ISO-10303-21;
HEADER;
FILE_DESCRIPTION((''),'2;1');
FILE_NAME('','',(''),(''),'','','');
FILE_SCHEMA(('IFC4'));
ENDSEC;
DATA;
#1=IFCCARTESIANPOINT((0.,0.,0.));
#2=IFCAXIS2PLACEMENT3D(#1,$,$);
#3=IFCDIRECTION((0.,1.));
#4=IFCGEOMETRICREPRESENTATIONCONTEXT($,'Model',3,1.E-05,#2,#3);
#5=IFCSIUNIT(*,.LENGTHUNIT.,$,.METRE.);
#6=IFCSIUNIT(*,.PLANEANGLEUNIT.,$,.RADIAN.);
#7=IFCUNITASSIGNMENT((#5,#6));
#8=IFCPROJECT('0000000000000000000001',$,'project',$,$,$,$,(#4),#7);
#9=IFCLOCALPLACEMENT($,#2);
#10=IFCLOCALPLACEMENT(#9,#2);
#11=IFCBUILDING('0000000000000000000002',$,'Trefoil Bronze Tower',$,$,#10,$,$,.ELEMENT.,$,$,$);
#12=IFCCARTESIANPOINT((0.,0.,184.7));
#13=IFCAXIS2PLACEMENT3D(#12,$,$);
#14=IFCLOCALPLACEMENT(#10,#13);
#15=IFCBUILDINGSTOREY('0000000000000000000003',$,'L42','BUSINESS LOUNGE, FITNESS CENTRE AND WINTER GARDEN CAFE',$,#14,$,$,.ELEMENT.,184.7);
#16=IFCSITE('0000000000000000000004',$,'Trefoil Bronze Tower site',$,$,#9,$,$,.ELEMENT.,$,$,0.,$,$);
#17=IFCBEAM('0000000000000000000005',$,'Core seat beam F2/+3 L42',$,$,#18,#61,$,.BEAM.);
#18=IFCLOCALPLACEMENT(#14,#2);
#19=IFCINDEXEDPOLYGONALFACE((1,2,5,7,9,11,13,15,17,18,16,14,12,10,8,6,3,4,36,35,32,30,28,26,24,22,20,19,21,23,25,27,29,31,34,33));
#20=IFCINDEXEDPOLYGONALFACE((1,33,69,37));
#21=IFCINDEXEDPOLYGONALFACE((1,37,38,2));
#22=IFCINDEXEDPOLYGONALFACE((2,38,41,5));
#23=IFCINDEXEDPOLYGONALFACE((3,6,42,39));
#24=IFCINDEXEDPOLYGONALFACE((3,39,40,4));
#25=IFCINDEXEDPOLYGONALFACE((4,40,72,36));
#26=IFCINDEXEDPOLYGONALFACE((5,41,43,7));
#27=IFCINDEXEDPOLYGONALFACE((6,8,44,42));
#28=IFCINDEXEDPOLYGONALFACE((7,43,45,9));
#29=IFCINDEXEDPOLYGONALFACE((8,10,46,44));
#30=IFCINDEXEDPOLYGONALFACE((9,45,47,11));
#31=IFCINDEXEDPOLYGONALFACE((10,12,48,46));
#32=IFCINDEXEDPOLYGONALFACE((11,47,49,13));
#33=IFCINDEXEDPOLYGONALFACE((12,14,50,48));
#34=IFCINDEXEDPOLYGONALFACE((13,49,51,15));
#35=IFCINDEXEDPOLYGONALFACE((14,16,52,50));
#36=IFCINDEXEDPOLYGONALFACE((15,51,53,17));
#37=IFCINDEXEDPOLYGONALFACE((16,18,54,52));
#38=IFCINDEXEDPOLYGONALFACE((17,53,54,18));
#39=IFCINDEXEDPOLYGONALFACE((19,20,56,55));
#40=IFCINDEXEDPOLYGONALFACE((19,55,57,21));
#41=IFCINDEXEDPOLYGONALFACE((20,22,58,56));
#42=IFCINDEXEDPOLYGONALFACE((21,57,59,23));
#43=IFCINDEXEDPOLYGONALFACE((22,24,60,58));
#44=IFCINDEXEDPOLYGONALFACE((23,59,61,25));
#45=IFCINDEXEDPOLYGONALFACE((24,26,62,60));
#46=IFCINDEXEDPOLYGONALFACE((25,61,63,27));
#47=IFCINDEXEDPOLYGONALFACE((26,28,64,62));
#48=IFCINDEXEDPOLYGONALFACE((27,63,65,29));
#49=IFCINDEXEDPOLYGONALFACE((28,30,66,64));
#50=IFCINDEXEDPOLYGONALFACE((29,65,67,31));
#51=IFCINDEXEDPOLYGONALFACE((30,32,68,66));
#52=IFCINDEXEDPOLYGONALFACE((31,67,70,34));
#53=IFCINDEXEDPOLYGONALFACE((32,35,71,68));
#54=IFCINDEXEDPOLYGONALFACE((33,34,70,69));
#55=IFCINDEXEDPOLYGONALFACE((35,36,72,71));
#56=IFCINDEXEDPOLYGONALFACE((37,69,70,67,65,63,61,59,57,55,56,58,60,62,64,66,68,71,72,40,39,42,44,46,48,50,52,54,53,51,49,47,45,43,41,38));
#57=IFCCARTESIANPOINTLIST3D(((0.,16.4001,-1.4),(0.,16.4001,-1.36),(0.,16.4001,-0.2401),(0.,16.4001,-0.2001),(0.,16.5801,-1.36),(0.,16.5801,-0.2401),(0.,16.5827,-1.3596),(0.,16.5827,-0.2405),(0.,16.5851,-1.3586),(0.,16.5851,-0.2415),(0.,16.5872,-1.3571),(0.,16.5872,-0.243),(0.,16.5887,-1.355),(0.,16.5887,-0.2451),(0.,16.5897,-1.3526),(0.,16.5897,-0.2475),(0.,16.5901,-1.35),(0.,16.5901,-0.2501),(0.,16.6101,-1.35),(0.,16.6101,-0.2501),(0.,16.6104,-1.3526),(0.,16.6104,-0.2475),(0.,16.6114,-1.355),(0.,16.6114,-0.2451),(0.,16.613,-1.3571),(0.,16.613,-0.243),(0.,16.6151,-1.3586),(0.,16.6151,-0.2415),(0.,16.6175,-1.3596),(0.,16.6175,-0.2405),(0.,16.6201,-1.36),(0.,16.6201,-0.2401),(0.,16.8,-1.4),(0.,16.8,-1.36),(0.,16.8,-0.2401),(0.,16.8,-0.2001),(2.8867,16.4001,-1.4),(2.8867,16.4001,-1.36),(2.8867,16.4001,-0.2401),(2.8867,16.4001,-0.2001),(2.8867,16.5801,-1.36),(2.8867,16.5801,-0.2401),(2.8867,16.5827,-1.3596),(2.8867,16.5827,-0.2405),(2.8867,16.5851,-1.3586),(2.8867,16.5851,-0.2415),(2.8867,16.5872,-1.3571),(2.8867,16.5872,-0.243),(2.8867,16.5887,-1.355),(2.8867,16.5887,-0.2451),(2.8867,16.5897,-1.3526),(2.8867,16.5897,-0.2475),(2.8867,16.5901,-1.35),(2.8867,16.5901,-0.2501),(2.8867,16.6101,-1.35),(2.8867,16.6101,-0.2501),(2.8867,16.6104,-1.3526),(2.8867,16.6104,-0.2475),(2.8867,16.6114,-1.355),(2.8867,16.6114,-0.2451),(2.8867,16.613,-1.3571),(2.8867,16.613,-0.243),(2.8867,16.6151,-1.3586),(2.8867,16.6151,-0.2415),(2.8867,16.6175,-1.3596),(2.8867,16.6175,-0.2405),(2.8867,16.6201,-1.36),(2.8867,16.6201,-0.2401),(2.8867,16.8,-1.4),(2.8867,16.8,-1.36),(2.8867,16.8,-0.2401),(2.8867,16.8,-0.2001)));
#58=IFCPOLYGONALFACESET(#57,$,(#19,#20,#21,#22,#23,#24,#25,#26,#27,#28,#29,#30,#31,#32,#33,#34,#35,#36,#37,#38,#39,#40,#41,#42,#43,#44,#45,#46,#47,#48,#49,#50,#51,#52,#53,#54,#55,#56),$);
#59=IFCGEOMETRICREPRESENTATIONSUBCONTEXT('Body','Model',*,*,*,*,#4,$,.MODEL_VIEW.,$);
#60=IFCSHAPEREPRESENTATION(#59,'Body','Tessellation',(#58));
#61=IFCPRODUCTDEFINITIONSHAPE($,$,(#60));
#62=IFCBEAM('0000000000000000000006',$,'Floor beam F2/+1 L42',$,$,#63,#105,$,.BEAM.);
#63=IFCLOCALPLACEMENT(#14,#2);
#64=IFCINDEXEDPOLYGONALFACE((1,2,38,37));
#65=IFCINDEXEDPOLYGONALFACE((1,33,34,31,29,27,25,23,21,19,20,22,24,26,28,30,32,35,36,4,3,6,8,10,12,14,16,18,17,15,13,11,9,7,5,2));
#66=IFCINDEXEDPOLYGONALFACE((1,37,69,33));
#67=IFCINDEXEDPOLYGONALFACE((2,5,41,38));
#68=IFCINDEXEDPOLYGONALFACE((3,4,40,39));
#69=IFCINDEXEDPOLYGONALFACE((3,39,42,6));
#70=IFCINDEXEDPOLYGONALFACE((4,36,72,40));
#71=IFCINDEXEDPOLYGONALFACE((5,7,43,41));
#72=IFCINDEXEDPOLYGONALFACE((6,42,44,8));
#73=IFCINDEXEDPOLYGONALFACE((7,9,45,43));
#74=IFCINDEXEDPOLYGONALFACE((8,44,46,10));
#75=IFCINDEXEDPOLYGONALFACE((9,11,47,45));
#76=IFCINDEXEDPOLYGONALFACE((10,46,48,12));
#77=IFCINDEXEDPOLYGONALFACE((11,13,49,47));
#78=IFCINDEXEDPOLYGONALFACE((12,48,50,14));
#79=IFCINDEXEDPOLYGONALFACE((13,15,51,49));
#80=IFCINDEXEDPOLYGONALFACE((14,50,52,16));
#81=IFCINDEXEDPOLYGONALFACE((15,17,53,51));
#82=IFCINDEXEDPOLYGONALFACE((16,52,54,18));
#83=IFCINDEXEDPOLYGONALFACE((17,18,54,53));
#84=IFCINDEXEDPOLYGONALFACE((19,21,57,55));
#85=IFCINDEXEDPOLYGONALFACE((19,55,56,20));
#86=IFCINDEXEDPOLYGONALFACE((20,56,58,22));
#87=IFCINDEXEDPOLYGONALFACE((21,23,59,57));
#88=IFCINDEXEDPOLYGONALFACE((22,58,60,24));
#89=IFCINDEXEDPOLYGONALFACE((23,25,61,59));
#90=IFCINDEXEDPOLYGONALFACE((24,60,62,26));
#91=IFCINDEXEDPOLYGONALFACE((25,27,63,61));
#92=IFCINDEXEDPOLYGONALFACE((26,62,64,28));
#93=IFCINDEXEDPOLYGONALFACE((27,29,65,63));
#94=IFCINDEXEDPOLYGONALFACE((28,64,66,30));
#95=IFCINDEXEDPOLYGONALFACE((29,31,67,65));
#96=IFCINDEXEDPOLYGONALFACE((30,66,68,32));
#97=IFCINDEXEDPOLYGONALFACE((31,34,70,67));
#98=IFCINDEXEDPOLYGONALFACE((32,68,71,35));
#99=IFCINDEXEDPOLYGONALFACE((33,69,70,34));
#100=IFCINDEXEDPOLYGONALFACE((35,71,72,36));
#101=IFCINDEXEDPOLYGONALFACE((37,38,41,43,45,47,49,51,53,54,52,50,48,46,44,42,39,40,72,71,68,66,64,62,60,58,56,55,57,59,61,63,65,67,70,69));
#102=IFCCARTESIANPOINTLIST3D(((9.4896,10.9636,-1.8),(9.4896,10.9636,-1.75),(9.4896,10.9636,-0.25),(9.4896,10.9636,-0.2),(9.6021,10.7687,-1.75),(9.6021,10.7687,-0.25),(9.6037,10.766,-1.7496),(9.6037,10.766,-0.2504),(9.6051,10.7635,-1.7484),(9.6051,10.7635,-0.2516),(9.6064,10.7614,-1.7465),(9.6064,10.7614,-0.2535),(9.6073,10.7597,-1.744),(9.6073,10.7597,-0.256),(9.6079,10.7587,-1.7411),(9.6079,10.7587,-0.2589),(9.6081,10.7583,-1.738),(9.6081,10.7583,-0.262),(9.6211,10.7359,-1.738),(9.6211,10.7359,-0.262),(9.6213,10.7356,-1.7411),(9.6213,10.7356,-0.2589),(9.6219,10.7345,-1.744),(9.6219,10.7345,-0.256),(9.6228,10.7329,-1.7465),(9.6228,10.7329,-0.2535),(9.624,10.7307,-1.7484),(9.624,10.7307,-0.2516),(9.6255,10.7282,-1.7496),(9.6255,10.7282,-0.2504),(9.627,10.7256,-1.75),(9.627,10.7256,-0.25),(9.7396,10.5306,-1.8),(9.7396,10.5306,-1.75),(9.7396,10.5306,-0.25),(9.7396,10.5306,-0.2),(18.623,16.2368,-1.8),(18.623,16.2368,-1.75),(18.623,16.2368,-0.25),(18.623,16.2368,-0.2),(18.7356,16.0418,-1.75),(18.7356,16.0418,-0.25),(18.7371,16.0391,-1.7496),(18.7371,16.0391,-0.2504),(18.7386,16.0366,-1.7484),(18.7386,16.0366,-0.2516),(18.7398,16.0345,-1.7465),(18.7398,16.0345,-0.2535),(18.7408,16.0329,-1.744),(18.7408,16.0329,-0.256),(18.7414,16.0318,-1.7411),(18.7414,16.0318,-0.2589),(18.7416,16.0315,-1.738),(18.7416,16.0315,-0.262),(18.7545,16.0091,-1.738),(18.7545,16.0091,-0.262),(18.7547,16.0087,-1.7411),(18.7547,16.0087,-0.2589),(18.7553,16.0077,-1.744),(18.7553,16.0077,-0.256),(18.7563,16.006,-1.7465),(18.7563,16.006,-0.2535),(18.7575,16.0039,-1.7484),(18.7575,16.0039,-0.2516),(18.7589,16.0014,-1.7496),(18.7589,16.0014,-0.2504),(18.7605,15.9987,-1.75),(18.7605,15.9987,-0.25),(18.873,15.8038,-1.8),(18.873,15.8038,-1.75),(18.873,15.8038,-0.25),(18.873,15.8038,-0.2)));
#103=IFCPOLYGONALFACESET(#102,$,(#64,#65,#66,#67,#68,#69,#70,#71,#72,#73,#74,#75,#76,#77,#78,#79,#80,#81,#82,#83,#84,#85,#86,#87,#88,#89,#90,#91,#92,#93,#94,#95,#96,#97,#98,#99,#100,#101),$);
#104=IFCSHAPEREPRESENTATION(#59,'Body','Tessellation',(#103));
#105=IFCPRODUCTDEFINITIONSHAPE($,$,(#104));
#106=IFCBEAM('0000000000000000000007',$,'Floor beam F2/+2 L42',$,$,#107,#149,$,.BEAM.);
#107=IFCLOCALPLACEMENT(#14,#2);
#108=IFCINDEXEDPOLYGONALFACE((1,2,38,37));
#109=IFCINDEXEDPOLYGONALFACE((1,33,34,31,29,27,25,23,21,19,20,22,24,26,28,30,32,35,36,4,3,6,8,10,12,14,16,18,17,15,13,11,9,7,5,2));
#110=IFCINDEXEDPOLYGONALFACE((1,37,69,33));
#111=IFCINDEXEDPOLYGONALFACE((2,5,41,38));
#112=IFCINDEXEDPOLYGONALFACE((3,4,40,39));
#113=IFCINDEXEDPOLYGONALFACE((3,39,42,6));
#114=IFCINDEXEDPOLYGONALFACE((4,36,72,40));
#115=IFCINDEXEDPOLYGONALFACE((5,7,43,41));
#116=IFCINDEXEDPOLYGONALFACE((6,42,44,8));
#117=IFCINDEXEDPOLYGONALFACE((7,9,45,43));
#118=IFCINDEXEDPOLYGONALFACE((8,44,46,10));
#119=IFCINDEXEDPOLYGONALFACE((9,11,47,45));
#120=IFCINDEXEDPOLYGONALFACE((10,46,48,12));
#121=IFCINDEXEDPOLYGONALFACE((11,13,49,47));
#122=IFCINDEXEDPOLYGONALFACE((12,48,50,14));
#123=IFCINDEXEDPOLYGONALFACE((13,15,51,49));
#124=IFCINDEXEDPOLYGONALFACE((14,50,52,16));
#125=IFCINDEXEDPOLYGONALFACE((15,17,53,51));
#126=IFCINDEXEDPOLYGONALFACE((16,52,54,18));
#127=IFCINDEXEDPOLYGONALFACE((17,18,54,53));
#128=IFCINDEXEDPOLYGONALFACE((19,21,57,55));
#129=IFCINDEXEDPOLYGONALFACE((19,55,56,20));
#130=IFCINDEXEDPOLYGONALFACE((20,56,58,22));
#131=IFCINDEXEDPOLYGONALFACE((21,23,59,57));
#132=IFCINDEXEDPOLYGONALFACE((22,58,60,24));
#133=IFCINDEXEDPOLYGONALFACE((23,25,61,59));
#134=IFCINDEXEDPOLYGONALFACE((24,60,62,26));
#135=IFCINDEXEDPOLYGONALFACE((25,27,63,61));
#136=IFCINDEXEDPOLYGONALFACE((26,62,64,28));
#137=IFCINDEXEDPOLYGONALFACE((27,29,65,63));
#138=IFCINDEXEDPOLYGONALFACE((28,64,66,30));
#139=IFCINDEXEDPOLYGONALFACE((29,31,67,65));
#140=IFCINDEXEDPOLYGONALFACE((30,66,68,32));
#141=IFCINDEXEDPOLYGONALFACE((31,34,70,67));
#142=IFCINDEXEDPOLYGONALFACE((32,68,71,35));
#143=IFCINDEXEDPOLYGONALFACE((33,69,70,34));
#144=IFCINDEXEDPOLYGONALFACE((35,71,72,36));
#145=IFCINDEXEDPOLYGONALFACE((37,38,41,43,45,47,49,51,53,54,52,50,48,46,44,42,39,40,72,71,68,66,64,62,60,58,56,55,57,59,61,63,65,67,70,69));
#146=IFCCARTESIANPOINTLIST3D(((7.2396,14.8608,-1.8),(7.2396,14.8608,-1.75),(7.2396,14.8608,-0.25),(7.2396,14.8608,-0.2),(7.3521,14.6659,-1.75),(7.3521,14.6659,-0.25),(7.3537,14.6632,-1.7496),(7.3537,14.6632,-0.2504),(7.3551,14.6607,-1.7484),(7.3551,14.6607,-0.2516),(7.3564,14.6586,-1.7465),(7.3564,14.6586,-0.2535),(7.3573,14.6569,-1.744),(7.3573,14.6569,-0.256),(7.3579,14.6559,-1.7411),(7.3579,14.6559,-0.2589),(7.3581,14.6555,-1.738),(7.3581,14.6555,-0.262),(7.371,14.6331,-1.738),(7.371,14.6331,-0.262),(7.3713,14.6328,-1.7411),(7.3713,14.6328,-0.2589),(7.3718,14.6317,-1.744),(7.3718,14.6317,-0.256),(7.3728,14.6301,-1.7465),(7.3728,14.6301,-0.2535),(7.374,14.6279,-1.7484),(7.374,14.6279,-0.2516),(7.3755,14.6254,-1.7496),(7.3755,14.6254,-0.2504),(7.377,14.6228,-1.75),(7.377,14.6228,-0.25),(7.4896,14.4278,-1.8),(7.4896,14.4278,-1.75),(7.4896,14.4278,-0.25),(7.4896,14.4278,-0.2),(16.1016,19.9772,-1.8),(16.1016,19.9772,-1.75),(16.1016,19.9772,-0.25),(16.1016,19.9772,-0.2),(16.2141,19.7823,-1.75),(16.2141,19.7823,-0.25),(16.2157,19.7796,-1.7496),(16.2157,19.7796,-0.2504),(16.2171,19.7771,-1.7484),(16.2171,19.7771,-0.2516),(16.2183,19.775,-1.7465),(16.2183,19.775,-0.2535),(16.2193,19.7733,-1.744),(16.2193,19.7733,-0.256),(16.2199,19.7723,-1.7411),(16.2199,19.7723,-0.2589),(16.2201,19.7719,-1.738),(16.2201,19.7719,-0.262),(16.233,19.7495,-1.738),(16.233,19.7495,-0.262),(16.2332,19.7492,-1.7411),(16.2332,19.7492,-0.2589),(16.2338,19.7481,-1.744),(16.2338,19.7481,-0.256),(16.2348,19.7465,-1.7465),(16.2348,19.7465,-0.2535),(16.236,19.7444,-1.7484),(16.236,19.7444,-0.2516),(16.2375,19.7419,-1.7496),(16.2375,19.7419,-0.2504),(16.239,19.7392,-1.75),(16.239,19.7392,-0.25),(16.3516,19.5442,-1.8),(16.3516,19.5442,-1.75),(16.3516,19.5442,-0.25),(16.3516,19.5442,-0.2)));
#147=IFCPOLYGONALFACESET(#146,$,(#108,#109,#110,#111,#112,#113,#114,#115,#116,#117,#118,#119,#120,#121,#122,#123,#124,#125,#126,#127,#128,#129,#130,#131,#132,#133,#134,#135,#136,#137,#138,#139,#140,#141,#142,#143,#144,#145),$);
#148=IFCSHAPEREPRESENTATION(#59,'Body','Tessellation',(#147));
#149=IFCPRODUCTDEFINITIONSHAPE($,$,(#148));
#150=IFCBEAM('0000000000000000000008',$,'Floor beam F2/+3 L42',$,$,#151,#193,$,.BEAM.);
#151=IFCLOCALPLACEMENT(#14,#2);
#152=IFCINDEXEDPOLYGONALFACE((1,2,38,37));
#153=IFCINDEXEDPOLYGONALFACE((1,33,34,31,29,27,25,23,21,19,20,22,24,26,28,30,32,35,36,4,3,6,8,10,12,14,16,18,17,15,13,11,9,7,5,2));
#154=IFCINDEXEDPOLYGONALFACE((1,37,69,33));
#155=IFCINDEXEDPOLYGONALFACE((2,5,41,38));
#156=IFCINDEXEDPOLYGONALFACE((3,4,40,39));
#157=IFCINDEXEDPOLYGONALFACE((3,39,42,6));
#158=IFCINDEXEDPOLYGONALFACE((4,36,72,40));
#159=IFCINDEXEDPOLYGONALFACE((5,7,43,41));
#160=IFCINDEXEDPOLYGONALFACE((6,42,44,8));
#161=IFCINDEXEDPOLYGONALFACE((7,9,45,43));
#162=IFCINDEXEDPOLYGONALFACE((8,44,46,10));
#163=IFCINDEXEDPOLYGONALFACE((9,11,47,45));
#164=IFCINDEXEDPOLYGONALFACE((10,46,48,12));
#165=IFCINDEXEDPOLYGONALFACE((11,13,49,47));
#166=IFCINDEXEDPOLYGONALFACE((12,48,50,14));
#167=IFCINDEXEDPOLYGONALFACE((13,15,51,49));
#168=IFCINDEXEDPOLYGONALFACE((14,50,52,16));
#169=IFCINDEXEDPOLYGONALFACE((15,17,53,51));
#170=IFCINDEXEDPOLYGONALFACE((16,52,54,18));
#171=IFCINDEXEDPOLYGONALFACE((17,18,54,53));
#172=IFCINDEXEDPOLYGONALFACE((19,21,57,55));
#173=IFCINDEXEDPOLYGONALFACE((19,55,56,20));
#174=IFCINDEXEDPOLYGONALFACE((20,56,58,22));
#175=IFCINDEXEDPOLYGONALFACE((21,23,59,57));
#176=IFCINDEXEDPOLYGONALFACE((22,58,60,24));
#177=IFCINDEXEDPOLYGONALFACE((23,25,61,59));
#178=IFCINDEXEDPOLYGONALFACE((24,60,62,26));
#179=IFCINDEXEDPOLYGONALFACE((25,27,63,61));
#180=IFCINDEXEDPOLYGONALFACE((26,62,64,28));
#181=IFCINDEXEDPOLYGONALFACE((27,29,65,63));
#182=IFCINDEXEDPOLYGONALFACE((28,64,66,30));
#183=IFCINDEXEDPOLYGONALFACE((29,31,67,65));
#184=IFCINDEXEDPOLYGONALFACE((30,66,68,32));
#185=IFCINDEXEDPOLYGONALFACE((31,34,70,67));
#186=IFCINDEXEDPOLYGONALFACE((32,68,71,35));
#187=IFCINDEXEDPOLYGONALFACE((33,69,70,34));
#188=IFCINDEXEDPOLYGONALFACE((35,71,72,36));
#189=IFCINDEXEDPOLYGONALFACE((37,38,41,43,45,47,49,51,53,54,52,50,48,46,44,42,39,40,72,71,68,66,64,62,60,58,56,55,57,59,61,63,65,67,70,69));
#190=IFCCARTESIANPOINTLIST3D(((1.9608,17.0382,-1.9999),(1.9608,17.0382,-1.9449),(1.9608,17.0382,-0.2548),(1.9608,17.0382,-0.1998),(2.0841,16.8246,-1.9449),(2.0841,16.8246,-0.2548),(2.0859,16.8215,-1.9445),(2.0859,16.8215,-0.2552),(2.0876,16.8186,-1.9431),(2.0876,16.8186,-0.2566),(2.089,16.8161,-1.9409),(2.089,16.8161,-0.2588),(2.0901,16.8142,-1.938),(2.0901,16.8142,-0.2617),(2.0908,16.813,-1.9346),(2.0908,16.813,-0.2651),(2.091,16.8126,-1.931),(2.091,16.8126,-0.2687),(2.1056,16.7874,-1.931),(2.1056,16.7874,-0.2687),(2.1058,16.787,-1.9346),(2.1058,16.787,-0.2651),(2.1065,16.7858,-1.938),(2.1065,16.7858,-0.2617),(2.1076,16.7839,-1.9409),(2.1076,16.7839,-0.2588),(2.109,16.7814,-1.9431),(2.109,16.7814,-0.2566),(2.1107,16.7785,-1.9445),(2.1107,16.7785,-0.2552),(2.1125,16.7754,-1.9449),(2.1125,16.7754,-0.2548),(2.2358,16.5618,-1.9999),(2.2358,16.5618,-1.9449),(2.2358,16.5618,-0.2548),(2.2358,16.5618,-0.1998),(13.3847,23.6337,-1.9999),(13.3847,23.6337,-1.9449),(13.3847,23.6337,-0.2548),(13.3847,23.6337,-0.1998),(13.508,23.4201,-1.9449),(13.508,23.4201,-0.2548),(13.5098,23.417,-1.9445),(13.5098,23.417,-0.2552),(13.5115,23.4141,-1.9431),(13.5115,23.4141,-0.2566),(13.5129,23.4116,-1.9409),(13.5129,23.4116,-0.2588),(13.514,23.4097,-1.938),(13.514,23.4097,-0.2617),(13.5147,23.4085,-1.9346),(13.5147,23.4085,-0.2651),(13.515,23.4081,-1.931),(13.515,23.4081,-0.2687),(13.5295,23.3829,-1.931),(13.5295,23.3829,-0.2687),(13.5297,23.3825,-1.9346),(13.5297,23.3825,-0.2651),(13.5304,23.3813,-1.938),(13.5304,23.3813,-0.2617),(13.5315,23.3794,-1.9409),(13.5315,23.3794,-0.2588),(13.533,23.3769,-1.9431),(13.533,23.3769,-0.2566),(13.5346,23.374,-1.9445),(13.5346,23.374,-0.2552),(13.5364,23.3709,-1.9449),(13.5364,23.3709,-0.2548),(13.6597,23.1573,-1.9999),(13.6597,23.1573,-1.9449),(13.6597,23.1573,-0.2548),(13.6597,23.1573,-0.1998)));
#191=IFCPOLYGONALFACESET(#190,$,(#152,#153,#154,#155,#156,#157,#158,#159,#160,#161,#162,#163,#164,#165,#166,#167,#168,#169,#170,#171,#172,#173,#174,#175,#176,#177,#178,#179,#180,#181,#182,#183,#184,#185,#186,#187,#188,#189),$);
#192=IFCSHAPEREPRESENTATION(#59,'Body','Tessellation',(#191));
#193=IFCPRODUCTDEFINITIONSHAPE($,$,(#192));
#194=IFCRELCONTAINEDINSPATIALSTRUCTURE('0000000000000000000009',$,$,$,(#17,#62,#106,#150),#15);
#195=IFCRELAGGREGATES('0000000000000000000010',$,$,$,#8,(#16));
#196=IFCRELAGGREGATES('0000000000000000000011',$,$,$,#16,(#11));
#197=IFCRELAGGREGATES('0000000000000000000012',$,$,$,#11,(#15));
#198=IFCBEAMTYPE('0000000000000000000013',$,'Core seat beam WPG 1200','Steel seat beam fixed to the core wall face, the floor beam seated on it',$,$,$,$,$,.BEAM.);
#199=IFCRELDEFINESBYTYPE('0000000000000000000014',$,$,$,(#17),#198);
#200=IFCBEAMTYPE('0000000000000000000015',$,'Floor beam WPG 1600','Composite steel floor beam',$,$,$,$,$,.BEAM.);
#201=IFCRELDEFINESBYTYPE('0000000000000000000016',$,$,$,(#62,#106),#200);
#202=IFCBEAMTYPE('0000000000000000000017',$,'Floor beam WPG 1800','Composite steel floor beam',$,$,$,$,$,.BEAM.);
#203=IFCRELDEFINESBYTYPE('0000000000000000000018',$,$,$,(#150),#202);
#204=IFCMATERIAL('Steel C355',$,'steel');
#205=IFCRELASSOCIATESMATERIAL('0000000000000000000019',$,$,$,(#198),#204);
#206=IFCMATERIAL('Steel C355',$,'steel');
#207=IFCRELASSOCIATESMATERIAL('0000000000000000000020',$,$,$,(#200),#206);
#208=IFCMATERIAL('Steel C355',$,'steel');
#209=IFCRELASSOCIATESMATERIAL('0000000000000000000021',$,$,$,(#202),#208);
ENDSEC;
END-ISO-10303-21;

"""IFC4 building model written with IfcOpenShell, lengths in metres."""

from ifc_helpers import new_model, si_unit, direction, frame, origin, origin_2d, place, context, subcontext, project, spatial, i_section, extrude, material, material_profile, profile_set, type_object, element, save


model = new_model("IFC4")

# Units and contexts
model_context = context("Model", 3, precision=1e-05, world=origin(), true_north=direction((0.0, 1.0)))
body_context = subcontext(model_context, "Body", "Model", "MODEL_VIEW")
ifc_project = project(units=[si_unit("LENGTHUNIT", "METRE"), si_unit("PLANEANGLEUNIT", "RADIAN")], contexts=[model_context])

# Site, building, storey
site_placement = place(None, origin())
site = spatial("IfcSite", under=ifc_project, at=site_placement, Name="Trefoil Bronze Tower site", CompositionType="ELEMENT", RefElevation=0.0)
building_placement = place(site_placement, origin())
building = spatial("IfcBuilding", under=site, at=building_placement, Name="Trefoil Bronze Tower", CompositionType="ELEMENT")
storey_placement = place(building_placement, frame((0.0, 0.0, 184.7)))
storey = spatial("IfcBuildingStorey", under=building, at=storey_placement, Name="L42", Description="BUSINESS LOUNGE, FITNESS CENTRE AND WINTER GARDEN CAFE", CompositionType="ELEMENT", Elevation=184.7)

# Beams
ifc_material_1 = material(Name="Steel C355", Category="steel")
ifc_material_profile_1 = material_profile(ifc_material_1, i_section(OverallWidth=0.3999, OverallDepth=1.2, WebThickness=0.02, FlangeThickness=0.04, FilletRadius=0.01, at=origin_2d()), Name="WPG 1200")
ifc_profile_set_1 = profile_set([ifc_material_profile_1], Name="Steel C355")
beam_type_1 = type_object("IfcBeamType", Name="Core seat beam WPG 1200", Description="Steel seat beam fixed to the core wall face, the floor beam seated on it", PredefinedType="BEAM", material=ifc_profile_set_1)
beam_1_placement = place(storey_placement, frame((2.8867, 16.6001, -0.8), z_axis=(-1.0, 0.0, 0.0), x_axis=(0.0, -1.0, 0.0)))
element("IfcBeam", 1, at=beam_1_placement, inside=storey, type_object=beam_type_1, Name="Core seat beam F2/+3 L42", PredefinedType="BEAM", context=body_context, shape_type="SweptSolid", body=[
    extrude(i_section(OverallWidth=0.3999, OverallDepth=1.2, WebThickness=0.02, FlangeThickness=0.04, FilletRadius=0.01, at=origin_2d()), origin(), (0.0, 0.0, 1.0), 2.8867),
])
ifc_material_2 = material(Name="Steel C355", Category="steel")
ifc_material_profile_2 = material_profile(ifc_material_2, i_section(OverallWidth=0.5, OverallDepth=1.6001, WebThickness=0.0259, FlangeThickness=0.05, FilletRadius=0.012, at=origin_2d()), Name="WPG 1600")
ifc_profile_set_2 = profile_set([ifc_material_profile_2], Name="Steel C355")
beam_type_2 = type_object("IfcBeamType", Name="Floor beam WPG 1600", Description="Composite steel floor beam", PredefinedType="BEAM", material=ifc_profile_set_2)
beam_2_placement = place(storey_placement, frame((18.748, 16.0203, -1.0), z_axis=(-0.866028, -0.499996, 0.0), x_axis=(0.499996, -0.866028, 0.0)))
element("IfcBeam", 2, at=beam_2_placement, inside=storey, type_object=beam_type_2, Name="Floor beam F2/+1 L42", PredefinedType="BEAM", context=body_context, shape_type="SweptSolid", body=[
    extrude(i_section(OverallWidth=0.5, OverallDepth=1.6001, WebThickness=0.0259, FlangeThickness=0.05, FilletRadius=0.012, at=origin_2d()), origin(), (0.0, 0.0, 1.0), 10.5464),
])
beam_3_placement = place(storey_placement, frame((16.2266, 19.7607, -1.0), z_axis=(-0.866028, -0.499996, 0.0), x_axis=(0.499996, -0.866028, 0.0)))
element("IfcBeam", 3, at=beam_3_placement, inside=storey, type_object=beam_type_2, Name="Floor beam F2/+2 L42", PredefinedType="BEAM", context=body_context, shape_type="SweptSolid", body=[
    extrude(i_section(OverallWidth=0.5, OverallDepth=1.6001, WebThickness=0.0259, FlangeThickness=0.05, FilletRadius=0.012, at=origin_2d()), origin(), (0.0, 0.0, 1.0), 10.2329),
])
ifc_material_3 = material(Name="Steel C355", Category="steel")
ifc_material_profile_3 = material_profile(ifc_material_3, i_section(OverallWidth=0.55, OverallDepth=1.8, WebThickness=0.0291, FlangeThickness=0.0549, FilletRadius=0.0139, at=origin_2d()), Name="WPG 1800")
ifc_profile_set_3 = profile_set([ifc_material_profile_3], Name="Steel C355")
beam_type_3 = type_object("IfcBeamType", Name="Floor beam WPG 1800", Description="Composite steel floor beam", PredefinedType="BEAM", material=ifc_profile_set_3)
beam_4_placement = place(storey_placement, frame((13.5222, 23.3955, -1.0999), z_axis=(-0.866028, -0.499995, 0.0), x_axis=(0.499995, -0.866028, 0.0)))
element("IfcBeam", 4, at=beam_4_placement, inside=storey, type_object=beam_type_3, Name="Floor beam F2/+3 L42", PredefinedType="BEAM", context=body_context, shape_type="SweptSolid", body=[
    extrude(i_section(OverallWidth=0.55, OverallDepth=1.8, WebThickness=0.0291, FlangeThickness=0.0549, FilletRadius=0.0139, at=origin_2d()), origin(), (0.0, 0.0, 1.0), 13.1912),
])

save(model, "model.ifc")
